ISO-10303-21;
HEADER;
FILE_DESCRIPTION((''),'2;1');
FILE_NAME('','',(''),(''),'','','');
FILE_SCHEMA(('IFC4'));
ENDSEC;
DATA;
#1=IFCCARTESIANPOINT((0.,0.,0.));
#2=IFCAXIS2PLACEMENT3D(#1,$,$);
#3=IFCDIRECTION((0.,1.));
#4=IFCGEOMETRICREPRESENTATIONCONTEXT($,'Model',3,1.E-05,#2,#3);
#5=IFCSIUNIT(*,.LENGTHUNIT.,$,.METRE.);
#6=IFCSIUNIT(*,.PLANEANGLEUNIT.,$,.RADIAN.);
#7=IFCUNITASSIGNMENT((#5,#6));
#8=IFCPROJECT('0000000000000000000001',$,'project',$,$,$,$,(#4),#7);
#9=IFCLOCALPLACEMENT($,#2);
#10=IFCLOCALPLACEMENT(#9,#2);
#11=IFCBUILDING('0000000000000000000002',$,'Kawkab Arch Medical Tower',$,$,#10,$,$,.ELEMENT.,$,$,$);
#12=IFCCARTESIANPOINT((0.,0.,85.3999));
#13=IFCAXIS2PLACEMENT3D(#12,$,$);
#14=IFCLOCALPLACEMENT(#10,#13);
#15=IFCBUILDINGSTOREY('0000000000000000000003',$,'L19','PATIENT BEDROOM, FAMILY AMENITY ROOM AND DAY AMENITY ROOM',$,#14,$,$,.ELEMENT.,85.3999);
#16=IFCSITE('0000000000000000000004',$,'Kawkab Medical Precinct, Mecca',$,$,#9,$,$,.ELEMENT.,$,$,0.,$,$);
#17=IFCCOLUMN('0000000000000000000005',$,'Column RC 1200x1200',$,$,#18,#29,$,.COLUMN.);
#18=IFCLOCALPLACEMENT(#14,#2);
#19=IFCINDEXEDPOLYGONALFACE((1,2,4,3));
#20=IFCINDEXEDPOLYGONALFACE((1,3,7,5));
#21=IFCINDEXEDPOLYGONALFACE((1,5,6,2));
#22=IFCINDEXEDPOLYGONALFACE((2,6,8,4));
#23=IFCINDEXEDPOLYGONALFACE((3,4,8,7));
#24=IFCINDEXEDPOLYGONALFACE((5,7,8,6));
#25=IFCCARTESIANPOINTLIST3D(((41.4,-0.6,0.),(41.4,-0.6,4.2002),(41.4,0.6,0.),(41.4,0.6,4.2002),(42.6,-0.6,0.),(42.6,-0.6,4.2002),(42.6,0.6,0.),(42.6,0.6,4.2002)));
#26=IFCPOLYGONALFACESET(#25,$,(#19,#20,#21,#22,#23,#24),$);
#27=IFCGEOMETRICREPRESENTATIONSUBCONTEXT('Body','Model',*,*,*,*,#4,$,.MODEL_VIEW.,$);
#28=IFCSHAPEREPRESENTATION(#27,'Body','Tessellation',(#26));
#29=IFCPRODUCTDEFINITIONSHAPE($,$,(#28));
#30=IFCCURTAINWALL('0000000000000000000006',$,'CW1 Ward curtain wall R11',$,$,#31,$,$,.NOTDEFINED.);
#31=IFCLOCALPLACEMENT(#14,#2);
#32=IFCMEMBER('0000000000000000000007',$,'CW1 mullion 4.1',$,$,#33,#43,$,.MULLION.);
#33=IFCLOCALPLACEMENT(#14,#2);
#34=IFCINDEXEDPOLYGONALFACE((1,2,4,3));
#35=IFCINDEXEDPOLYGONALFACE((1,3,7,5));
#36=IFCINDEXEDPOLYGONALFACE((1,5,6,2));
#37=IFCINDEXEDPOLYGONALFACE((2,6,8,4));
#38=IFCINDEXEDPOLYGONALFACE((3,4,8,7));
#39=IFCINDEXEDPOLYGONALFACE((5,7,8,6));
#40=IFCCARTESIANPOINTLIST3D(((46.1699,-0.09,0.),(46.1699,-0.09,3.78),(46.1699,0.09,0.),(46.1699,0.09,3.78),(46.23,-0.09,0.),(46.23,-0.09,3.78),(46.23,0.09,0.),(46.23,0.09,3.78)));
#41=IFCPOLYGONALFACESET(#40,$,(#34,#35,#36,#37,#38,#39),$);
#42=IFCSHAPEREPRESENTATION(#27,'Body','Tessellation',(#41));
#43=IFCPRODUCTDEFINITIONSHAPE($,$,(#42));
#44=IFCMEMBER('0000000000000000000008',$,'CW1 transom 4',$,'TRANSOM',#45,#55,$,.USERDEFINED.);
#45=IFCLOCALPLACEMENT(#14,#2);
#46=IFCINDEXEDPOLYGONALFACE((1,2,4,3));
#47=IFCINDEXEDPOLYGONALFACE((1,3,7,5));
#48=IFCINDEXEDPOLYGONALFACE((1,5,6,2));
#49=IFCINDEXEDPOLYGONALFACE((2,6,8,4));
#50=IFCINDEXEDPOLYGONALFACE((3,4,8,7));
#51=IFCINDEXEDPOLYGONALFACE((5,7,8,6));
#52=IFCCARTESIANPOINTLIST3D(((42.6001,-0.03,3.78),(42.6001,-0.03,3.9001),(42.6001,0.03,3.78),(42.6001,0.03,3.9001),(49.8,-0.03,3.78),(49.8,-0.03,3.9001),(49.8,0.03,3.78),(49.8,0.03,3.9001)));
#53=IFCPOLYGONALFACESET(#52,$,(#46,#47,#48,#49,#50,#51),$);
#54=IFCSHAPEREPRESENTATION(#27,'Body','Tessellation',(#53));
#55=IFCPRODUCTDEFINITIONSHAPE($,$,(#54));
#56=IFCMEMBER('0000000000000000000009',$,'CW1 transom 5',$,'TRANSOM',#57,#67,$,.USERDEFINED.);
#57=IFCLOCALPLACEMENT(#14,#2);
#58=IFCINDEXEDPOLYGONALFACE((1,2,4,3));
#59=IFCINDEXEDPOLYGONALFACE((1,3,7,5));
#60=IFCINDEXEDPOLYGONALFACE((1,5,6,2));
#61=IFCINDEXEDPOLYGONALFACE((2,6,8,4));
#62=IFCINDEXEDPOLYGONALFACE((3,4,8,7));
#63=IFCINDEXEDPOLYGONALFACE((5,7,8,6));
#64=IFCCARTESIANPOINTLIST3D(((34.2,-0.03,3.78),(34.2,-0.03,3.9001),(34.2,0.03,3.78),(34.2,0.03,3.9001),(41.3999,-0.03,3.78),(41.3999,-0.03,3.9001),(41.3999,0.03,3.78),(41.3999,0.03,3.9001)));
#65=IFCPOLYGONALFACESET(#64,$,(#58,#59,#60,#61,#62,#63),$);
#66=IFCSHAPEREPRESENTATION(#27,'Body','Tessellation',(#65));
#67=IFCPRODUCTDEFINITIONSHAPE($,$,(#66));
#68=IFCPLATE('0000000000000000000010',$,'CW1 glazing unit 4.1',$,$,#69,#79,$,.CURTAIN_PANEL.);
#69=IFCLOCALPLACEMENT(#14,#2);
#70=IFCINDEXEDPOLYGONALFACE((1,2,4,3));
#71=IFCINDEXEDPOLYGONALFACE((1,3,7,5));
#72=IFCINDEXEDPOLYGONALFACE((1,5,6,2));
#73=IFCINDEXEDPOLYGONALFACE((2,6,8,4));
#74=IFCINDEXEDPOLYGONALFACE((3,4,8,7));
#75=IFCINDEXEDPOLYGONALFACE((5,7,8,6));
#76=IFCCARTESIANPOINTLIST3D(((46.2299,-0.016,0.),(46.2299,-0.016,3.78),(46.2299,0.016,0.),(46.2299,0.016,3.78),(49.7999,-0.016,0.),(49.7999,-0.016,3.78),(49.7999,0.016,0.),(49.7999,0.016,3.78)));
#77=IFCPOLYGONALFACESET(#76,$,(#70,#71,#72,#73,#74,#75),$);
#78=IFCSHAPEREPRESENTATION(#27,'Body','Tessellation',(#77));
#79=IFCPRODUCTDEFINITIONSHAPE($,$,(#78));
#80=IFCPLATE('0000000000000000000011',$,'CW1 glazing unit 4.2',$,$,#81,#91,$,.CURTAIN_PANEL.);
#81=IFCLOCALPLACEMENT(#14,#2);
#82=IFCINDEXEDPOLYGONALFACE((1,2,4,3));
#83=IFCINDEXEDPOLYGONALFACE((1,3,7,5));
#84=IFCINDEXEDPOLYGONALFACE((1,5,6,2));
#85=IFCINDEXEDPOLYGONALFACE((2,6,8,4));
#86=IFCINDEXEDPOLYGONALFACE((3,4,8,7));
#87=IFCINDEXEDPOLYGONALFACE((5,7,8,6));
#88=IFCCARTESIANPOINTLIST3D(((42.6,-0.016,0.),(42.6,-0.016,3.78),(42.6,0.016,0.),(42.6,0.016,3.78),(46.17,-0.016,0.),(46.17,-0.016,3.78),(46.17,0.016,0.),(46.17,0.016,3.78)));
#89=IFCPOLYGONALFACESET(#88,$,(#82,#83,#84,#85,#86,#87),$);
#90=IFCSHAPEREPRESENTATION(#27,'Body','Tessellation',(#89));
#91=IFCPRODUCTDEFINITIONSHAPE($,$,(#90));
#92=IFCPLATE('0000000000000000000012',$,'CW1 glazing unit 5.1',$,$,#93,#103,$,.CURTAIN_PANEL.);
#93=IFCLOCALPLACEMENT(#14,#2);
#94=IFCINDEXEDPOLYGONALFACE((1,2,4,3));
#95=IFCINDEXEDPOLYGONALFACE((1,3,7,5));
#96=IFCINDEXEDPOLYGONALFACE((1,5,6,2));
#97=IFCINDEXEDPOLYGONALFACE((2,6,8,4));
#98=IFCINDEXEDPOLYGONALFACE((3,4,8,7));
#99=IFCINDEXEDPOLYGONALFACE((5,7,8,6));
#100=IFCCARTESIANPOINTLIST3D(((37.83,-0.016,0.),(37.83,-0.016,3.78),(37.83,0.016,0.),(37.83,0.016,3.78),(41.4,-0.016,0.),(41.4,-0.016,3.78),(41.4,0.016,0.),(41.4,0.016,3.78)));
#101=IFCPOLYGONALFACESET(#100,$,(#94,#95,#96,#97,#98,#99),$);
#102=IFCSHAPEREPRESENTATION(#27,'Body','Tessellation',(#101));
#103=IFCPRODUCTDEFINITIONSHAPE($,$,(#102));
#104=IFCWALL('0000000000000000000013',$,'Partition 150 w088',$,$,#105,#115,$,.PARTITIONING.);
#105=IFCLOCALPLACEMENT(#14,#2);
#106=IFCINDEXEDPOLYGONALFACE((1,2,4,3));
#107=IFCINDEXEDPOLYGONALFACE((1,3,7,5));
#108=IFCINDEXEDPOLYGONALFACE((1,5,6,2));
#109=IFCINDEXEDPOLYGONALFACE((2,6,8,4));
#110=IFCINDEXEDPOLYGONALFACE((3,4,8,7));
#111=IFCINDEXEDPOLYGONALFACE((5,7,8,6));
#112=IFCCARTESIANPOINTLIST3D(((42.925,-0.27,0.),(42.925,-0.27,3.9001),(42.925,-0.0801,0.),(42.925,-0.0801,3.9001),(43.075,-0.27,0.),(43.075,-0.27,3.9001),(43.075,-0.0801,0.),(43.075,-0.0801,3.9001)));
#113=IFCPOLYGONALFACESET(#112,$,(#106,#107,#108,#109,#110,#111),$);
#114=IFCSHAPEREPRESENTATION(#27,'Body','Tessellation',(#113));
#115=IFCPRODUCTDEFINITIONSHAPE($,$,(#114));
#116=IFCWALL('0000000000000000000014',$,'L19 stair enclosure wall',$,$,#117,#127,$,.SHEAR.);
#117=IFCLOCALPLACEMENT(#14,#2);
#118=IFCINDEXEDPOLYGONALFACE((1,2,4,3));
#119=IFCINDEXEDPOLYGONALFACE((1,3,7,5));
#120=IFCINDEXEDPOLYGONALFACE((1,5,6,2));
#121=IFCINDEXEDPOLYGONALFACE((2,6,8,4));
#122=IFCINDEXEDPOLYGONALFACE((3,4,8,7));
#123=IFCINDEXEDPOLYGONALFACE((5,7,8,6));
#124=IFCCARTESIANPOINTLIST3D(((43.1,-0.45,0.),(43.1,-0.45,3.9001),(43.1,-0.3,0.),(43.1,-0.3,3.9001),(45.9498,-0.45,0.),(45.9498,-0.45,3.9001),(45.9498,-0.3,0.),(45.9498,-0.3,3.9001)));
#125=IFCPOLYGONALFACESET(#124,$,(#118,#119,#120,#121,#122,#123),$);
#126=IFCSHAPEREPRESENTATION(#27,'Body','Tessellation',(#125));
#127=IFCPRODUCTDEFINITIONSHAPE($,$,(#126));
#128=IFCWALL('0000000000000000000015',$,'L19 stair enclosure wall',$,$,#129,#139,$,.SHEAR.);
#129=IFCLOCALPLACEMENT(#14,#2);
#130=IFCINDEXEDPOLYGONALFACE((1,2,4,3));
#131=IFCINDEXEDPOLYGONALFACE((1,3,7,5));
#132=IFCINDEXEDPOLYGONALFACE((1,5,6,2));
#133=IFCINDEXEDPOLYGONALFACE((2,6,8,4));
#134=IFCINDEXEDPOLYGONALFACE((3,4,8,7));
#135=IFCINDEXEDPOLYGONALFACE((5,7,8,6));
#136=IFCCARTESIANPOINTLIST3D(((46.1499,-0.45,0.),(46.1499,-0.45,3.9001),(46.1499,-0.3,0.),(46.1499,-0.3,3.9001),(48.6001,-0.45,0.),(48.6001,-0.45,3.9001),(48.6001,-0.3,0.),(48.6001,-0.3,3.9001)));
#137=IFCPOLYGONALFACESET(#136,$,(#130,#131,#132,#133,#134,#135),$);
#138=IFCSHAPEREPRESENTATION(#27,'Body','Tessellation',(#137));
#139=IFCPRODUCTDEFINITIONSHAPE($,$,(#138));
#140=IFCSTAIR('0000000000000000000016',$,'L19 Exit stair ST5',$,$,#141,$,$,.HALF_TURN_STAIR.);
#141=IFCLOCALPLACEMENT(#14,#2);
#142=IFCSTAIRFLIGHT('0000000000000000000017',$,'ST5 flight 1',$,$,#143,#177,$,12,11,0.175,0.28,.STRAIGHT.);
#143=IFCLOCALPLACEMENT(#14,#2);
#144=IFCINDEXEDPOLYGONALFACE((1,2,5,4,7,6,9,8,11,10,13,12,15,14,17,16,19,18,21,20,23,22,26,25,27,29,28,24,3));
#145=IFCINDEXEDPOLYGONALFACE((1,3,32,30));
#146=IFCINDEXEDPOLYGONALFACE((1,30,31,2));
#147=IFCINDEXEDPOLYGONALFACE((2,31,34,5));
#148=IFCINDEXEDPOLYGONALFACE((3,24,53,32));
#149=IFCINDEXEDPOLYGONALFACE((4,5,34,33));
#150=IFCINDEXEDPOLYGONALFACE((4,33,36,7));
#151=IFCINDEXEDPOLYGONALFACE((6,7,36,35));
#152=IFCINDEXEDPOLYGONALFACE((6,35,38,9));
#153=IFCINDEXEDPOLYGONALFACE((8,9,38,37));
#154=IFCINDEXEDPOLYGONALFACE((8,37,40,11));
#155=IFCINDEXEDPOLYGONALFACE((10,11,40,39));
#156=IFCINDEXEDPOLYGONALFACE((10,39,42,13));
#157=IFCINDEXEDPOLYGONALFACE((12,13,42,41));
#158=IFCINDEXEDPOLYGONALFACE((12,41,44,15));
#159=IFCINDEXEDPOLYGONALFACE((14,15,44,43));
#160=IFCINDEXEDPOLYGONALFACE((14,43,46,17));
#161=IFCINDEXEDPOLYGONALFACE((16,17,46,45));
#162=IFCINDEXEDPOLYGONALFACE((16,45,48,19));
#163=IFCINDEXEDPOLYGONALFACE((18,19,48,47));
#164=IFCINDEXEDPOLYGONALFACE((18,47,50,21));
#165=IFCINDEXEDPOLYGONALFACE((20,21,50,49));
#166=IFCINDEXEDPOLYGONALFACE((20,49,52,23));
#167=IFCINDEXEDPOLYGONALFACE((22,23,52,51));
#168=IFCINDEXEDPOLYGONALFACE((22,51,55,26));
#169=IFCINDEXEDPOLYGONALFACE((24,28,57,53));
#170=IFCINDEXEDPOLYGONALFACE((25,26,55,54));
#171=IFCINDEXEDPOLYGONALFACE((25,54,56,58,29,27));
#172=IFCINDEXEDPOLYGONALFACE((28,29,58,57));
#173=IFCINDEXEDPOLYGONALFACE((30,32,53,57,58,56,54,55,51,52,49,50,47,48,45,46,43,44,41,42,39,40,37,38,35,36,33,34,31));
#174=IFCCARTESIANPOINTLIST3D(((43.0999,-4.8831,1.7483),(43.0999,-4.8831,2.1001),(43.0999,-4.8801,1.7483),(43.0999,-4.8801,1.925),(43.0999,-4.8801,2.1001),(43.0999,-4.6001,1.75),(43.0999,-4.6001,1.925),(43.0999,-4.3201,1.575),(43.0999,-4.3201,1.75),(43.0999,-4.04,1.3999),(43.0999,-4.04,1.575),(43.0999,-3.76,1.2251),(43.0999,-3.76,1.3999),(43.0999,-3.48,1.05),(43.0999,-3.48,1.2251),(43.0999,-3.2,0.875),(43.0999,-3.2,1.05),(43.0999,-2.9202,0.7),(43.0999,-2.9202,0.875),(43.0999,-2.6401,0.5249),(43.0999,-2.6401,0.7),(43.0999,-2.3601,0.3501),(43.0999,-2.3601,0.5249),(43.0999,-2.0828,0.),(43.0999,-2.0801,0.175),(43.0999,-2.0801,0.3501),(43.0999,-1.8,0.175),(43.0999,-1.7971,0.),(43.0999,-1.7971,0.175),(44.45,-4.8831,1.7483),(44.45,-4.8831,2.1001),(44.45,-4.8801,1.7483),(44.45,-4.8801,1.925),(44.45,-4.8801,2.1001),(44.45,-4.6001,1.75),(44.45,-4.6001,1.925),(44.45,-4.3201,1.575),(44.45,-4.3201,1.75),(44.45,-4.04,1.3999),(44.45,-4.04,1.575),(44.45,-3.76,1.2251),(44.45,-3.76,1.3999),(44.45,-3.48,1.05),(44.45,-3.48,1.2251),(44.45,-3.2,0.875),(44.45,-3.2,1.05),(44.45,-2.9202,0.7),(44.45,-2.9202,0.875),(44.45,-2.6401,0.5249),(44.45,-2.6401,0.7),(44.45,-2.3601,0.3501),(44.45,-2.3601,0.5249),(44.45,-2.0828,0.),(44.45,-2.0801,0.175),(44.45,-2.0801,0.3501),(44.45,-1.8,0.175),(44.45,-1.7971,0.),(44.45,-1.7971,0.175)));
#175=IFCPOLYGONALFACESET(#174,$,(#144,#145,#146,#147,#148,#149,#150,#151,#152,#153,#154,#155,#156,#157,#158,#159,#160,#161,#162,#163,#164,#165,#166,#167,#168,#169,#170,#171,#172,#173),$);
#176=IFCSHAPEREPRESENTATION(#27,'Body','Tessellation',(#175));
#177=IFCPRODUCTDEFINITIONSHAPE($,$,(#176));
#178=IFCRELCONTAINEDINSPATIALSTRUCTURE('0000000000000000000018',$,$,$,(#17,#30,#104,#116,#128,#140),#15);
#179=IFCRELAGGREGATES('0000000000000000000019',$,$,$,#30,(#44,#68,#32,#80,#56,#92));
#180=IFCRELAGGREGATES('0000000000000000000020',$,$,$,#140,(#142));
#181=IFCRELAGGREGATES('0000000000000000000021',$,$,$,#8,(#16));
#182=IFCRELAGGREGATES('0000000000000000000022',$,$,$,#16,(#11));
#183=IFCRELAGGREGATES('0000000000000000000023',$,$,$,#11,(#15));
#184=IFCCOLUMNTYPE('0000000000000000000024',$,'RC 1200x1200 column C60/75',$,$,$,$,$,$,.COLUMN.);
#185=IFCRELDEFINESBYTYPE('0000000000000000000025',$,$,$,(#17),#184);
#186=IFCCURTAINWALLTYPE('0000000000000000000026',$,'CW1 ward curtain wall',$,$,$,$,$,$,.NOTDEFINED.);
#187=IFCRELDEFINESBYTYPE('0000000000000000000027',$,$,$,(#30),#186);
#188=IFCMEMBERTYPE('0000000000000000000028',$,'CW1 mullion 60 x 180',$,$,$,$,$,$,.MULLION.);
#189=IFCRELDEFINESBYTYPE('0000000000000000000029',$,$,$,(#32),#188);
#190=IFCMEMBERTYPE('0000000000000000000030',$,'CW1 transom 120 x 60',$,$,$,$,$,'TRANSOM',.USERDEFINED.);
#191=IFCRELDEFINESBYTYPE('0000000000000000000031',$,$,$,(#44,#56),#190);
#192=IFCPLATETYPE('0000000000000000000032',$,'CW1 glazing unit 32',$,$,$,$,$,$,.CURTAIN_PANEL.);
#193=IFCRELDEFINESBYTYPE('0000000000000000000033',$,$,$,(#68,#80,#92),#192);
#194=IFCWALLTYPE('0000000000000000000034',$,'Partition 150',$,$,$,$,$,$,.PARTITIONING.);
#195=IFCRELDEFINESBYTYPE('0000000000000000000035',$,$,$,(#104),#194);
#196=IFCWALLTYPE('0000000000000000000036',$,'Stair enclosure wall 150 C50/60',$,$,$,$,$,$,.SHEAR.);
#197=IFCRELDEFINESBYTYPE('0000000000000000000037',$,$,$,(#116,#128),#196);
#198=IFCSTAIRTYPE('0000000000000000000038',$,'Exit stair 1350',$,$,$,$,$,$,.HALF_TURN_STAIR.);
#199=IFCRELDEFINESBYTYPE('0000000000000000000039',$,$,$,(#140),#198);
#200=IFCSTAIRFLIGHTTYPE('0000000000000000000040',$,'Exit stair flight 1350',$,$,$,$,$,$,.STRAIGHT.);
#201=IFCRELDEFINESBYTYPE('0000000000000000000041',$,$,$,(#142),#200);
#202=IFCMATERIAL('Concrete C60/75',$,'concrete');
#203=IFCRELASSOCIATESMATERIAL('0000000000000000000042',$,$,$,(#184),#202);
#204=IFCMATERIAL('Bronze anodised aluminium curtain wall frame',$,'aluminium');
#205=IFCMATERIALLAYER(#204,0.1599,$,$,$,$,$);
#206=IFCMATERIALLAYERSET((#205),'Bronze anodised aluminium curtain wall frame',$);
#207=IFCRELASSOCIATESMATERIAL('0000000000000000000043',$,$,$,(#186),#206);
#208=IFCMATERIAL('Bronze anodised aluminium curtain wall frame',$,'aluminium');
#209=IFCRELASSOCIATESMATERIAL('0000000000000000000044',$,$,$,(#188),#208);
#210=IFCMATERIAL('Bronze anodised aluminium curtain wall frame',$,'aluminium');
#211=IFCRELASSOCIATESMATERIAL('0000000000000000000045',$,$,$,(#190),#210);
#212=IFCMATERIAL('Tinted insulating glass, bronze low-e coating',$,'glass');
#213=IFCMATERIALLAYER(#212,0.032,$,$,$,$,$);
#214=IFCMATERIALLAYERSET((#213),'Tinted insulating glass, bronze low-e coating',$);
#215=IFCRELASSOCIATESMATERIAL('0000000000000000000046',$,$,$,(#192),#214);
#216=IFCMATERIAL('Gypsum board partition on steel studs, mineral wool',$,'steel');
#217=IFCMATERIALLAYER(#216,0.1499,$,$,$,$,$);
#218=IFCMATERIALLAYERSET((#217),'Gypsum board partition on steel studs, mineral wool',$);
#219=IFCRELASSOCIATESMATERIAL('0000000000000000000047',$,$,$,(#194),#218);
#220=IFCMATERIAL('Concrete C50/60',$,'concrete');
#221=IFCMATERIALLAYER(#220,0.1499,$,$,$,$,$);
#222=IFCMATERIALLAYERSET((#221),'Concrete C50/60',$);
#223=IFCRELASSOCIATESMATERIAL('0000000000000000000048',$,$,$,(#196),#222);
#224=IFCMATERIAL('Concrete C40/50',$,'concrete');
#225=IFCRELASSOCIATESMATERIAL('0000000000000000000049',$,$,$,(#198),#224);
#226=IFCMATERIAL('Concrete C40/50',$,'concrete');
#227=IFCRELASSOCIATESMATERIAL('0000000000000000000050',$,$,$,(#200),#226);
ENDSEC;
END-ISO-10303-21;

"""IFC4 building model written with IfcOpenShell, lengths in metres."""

from ifc_helpers import new_model, si_unit, direction, frame, frame_2d, origin, origin_2d, place, context, subcontext, project, spatial, polyline, rectangle, outline, extrude, material, layer, layer_set, material_profile, profile_set, type_object, element, aggregate, save


model = new_model("IFC4")

# Units and contexts
model_context = context("Model", 3, precision=1e-05, world=origin(), true_north=direction((0.0, 1.0)))
body_context = subcontext(model_context, "Body", "Model", "MODEL_VIEW")
ifc_project = project(units=[si_unit("LENGTHUNIT", "METRE"), si_unit("PLANEANGLEUNIT", "RADIAN")], contexts=[model_context])

# Site, building, storey
site_placement = place(None, origin())
site = spatial("IfcSite", under=ifc_project, at=site_placement, Name="Kawkab Medical Precinct, Mecca", CompositionType="ELEMENT", RefElevation=0.0)
building_placement = place(site_placement, origin())
building = spatial("IfcBuilding", under=site, at=building_placement, Name="Kawkab Arch Medical Tower", CompositionType="ELEMENT")
storey_placement = place(building_placement, frame((0.0, 0.0, 85.3999)))
storey = spatial("IfcBuildingStorey", under=building, at=storey_placement, Name="L19", Description="PATIENT BEDROOM, FAMILY AMENITY ROOM AND DAY AMENITY ROOM", CompositionType="ELEMENT", Elevation=85.3999)

# Column
ifc_material_1 = material(Name="Concrete C60/75", Category="concrete")
ifc_material_profile_1 = material_profile(ifc_material_1, rectangle(XDim=1.2, YDim=1.2, at=origin_2d()), Name="RC 1200x1200")
ifc_profile_set_1 = profile_set([ifc_material_profile_1], Name="Concrete C60/75")
column_type = type_object("IfcColumnType", Name="RC 1200x1200 column C60/75", PredefinedType="COLUMN", material=ifc_profile_set_1)
column_placement = place(storey_placement, frame((42.0, 0.0, 0.0), z_axis=(0.0, 0.0, 1.0), x_axis=(1.0, 0.0, 0.0)))
element("IfcColumn", 1, at=column_placement, inside=storey, type_object=column_type, Name="Column RC 1200x1200", PredefinedType="COLUMN", context=body_context, shape_type="SweptSolid", body=[
    extrude(rectangle(XDim=1.2, YDim=1.2, at=origin_2d()), origin(), (0.0, 0.0, 1.0), 4.2002),
])

# Curtain wall, members, plates
ifc_material_2 = material(Name="Bronze anodised aluminium curtain wall frame", Category="aluminium")
ifc_layer_1 = layer(ifc_material_2, 0.1599)
ifc_layer_set_1 = layer_set([ifc_layer_1], Name="Bronze anodised aluminium curtain wall frame")
curtain_wall_type = type_object("IfcCurtainWallType", Name="CW1 ward curtain wall", PredefinedType="NOTDEFINED", material=ifc_layer_set_1)
placement = place(storey_placement, origin())
curtain_wall = element("IfcCurtainWall", 2, at=placement, inside=storey, type_object=curtain_wall_type, Name="CW1 Ward curtain wall R11", PredefinedType="NOTDEFINED")
ifc_material_3 = material(Name="Bronze anodised aluminium curtain wall frame", Category="aluminium")
ifc_material_profile_2 = material_profile(ifc_material_3, rectangle(XDim=0.1799, YDim=0.0601, at=origin_2d()), Name="AL 60x180")
ifc_profile_set_2 = profile_set([ifc_material_profile_2], Name="Bronze anodised aluminium curtain wall frame")
member_type_1 = type_object("IfcMemberType", Name="CW1 mullion 60 x 180", PredefinedType="MULLION", material=ifc_profile_set_2)
member_1_placement = place(storey_placement, frame((46.2, 0.0, 0.0), z_axis=(0.0, 0.0, 1.0), x_axis=(0.0, -1.0, 0.0)))
member_1 = element("IfcMember", 3, at=member_1_placement, type_object=member_type_1, Name="CW1 mullion 4.1", PredefinedType="MULLION", context=body_context, shape_type="SweptSolid", body=[
    extrude(rectangle(XDim=0.1799, YDim=0.0601, at=origin_2d()), origin(), (0.0, 0.0, 1.0), 3.78),
])
ifc_material_4 = material(Name="Bronze anodised aluminium curtain wall frame", Category="aluminium")
ifc_material_profile_3 = material_profile(ifc_material_4, rectangle(XDim=0.0601, YDim=0.1201, at=origin_2d()), Name="AL 60x120")
ifc_profile_set_3 = profile_set([ifc_material_profile_3], Name="Bronze anodised aluminium curtain wall frame")
member_type_2 = type_object("IfcMemberType", Name="CW1 transom 120 x 60", ElementType="TRANSOM", PredefinedType="USERDEFINED", material=ifc_profile_set_3)
member_2_placement = place(storey_placement, frame((49.8, 0.0, 3.8401), z_axis=(-1.0, 0.0, 0.0), x_axis=(0.0, -1.0, 0.0)))
member_2 = element("IfcMember", 4, at=member_2_placement, type_object=member_type_2, Name="CW1 transom 4", ObjectType="TRANSOM", PredefinedType="USERDEFINED", context=body_context, shape_type="SweptSolid", body=[
    extrude(rectangle(XDim=0.0601, YDim=0.1201, at=origin_2d()), origin(), (0.0, 0.0, 1.0), 7.2),
])
member_3_placement = place(storey_placement, frame((41.3999, 0.0, 3.8401), z_axis=(-1.0, 0.0, 0.0), x_axis=(0.0, -1.0, 0.0)))
member_3 = element("IfcMember", 5, at=member_3_placement, type_object=member_type_2, Name="CW1 transom 5", ObjectType="TRANSOM", PredefinedType="USERDEFINED", context=body_context, shape_type="SweptSolid", body=[
    extrude(rectangle(XDim=0.0601, YDim=0.1201, at=origin_2d()), origin(), (0.0, 0.0, 1.0), 7.2),
])
ifc_material_5 = material(Name="Tinted insulating glass, bronze low-e coating", Category="glass")
ifc_layer_2 = layer(ifc_material_5, 0.032)
ifc_layer_set_2 = layer_set([ifc_layer_2], Name="Tinted insulating glass, bronze low-e coating")
plate_type = type_object("IfcPlateType", Name="CW1 glazing unit 32", PredefinedType="CURTAIN_PANEL", material=ifc_layer_set_2)
plate_1_placement = place(storey_placement, frame((48.0149, 0.0, 0.0), z_axis=(0.0, 0.0, 1.0), x_axis=(-1.0, 0.0, 0.0)))
plate_1 = element("IfcPlate", 6, at=plate_1_placement, type_object=plate_type, Name="CW1 glazing unit 4.1", PredefinedType="CURTAIN_PANEL", context=body_context, shape_type="SweptSolid", body=[
    extrude(rectangle(XDim=3.5701, YDim=0.032, at=origin_2d()), origin(), (0.0, 0.0, 1.0), 3.78),
])
plate_2_placement = place(storey_placement, frame((44.385, 0.0, 0.0), z_axis=(0.0, 0.0, 1.0), x_axis=(-1.0, 0.0, 0.0)))
plate_2 = element("IfcPlate", 7, at=plate_2_placement, type_object=plate_type, Name="CW1 glazing unit 4.2", PredefinedType="CURTAIN_PANEL", context=body_context, shape_type="SweptSolid", body=[
    extrude(rectangle(XDim=3.5701, YDim=0.032, at=origin_2d()), origin(), (0.0, 0.0, 1.0), 3.78),
])
plate_3_placement = place(storey_placement, frame((39.615, 0.0, 0.0), z_axis=(0.0, 0.0, 1.0), x_axis=(-1.0, 0.0, 0.0)))
plate_3 = element("IfcPlate", 8, at=plate_3_placement, type_object=plate_type, Name="CW1 glazing unit 5.1", PredefinedType="CURTAIN_PANEL", context=body_context, shape_type="SweptSolid", body=[
    extrude(rectangle(XDim=3.5701, YDim=0.032, at=origin_2d()), origin(), (0.0, 0.0, 1.0), 3.78),
])
aggregate(curtain_wall, [member_2, plate_1, member_1, plate_2, member_3, plate_3])

# Walls
ifc_material_6 = material(Name="Gypsum board partition on steel studs, mineral wool", Category="steel")
ifc_layer_3 = layer(ifc_material_6, 0.1499)
ifc_layer_set_3 = layer_set([ifc_layer_3], Name="Gypsum board partition on steel studs, mineral wool")
wall_type_1 = type_object("IfcWallType", Name="Partition 150", PredefinedType="PARTITIONING", material=ifc_layer_set_3)
wall_1_placement = place(storey_placement, frame((43.0, -0.27, 0.0), z_axis=(0.0, 0.0, 1.0), x_axis=(0.0, 1.0, 0.0)))
element("IfcWall", 9, at=wall_1_placement, inside=storey, type_object=wall_type_1, Name="Partition 150 w088", PredefinedType="PARTITIONING", context=body_context, shape_type="SweptSolid", body=[
    extrude(rectangle(XDim=0.1899, YDim=0.1499, at=frame_2d((0.095, 0.0))), origin(), (0.0, 0.0, 1.0), 3.9001),
])
ifc_material_7 = material(Name="Concrete C50/60", Category="concrete")
ifc_layer_4 = layer(ifc_material_7, 0.1499)
ifc_layer_set_4 = layer_set([ifc_layer_4], Name="Concrete C50/60")
wall_type_2 = type_object("IfcWallType", Name="Stair enclosure wall 150 C50/60", PredefinedType="SHEAR", material=ifc_layer_set_4)
wall_2_placement = place(storey_placement, frame((43.1001, -0.375, 0.0), z_axis=(0.0, 0.0, 1.0), x_axis=(1.0, 0.0, 0.0)))
element("IfcWall", 10, at=wall_2_placement, inside=storey, type_object=wall_type_2, Name="L19 stair enclosure wall", PredefinedType="SHEAR", context=body_context, shape_type="SweptSolid", body=[
    extrude(rectangle(XDim=2.8499, YDim=0.1499, at=frame_2d((1.4248, 0.0))), origin(), (0.0, 0.0, 1.0), 3.9001),
])
wall_3_placement = place(storey_placement, frame((46.1499, -0.375, 0.0), z_axis=(0.0, 0.0, 1.0), x_axis=(1.0, 0.0, 0.0)))
element("IfcWall", 11, at=wall_3_placement, inside=storey, type_object=wall_type_2, Name="L19 stair enclosure wall", PredefinedType="SHEAR", context=body_context, shape_type="SweptSolid", body=[
    extrude(rectangle(XDim=2.4502, YDim=0.1499, at=frame_2d((1.2251, 0.0))), origin(), (0.0, 0.0, 1.0), 3.9001),
])

# Stair, stair flight
ifc_material_8 = material(Name="Concrete C40/50", Category="concrete")
stair_type = type_object("IfcStairType", Name="Exit stair 1350", PredefinedType="HALF_TURN_STAIR", material=ifc_material_8)
stair = element("IfcStair", 12, at=placement, inside=storey, type_object=stair_type, Name="L19 Exit stair ST5", PredefinedType="HALF_TURN_STAIR")
ifc_material_9 = material(Name="Concrete C40/50", Category="concrete")
stair_flight_type = type_object("IfcStairFlightType", Name="Exit stair flight 1350", PredefinedType="STRAIGHT", material=ifc_material_9)
stair_flight_placement = place(storey_placement, frame((43.7749, -1.8, 0.0), z_axis=(0.0, 0.0, 1.0), x_axis=(0.0, -1.0, 0.0)))
stair_flight = element("IfcStairFlight", 13, at=stair_flight_placement, type_object=stair_flight_type, Name="ST5 flight 1", NumberOfRisers=12, NumberOfTreads=11, PredefinedType="STRAIGHT", RiserHeight=0.175, TreadLength=0.28, context=body_context, shape_type="SweptSolid", body=[
    extrude(outline(polyline([(-0.0029, 0.0), (-0.0029, 0.175), (0.0, 0.175), (0.28, 0.175), (0.28, 0.3501), (0.5601, 0.3501), (0.5601, 0.5249), (0.8401, 0.5249), (0.8401, 0.7), (1.1201, 0.7), (1.1201, 0.875), (1.3999, 0.875), (1.3999, 1.05), (1.6799, 1.05), (1.6799, 1.2251), (1.96, 1.2251), (1.96, 1.3999), (2.24, 1.3999), (2.24, 1.575), (2.52, 1.575), (2.52, 1.75), (2.8, 1.75), (2.8, 1.925), (3.0801, 1.925), (3.0801, 2.1001), (3.083, 2.1001), (3.083, 1.7483), (3.0801, 1.7483), (0.2827, 0.0), (-0.0029, 0.0)])), frame((0.0, 0.675, 0.0), z_axis=(0.0, -1.0, 0.0), x_axis=(1.0, 0.0, 0.0)), (0.0, 0.0, 1.0), 1.3501),
])
aggregate(stair, [stair_flight])

save(model, "model.ifc")
